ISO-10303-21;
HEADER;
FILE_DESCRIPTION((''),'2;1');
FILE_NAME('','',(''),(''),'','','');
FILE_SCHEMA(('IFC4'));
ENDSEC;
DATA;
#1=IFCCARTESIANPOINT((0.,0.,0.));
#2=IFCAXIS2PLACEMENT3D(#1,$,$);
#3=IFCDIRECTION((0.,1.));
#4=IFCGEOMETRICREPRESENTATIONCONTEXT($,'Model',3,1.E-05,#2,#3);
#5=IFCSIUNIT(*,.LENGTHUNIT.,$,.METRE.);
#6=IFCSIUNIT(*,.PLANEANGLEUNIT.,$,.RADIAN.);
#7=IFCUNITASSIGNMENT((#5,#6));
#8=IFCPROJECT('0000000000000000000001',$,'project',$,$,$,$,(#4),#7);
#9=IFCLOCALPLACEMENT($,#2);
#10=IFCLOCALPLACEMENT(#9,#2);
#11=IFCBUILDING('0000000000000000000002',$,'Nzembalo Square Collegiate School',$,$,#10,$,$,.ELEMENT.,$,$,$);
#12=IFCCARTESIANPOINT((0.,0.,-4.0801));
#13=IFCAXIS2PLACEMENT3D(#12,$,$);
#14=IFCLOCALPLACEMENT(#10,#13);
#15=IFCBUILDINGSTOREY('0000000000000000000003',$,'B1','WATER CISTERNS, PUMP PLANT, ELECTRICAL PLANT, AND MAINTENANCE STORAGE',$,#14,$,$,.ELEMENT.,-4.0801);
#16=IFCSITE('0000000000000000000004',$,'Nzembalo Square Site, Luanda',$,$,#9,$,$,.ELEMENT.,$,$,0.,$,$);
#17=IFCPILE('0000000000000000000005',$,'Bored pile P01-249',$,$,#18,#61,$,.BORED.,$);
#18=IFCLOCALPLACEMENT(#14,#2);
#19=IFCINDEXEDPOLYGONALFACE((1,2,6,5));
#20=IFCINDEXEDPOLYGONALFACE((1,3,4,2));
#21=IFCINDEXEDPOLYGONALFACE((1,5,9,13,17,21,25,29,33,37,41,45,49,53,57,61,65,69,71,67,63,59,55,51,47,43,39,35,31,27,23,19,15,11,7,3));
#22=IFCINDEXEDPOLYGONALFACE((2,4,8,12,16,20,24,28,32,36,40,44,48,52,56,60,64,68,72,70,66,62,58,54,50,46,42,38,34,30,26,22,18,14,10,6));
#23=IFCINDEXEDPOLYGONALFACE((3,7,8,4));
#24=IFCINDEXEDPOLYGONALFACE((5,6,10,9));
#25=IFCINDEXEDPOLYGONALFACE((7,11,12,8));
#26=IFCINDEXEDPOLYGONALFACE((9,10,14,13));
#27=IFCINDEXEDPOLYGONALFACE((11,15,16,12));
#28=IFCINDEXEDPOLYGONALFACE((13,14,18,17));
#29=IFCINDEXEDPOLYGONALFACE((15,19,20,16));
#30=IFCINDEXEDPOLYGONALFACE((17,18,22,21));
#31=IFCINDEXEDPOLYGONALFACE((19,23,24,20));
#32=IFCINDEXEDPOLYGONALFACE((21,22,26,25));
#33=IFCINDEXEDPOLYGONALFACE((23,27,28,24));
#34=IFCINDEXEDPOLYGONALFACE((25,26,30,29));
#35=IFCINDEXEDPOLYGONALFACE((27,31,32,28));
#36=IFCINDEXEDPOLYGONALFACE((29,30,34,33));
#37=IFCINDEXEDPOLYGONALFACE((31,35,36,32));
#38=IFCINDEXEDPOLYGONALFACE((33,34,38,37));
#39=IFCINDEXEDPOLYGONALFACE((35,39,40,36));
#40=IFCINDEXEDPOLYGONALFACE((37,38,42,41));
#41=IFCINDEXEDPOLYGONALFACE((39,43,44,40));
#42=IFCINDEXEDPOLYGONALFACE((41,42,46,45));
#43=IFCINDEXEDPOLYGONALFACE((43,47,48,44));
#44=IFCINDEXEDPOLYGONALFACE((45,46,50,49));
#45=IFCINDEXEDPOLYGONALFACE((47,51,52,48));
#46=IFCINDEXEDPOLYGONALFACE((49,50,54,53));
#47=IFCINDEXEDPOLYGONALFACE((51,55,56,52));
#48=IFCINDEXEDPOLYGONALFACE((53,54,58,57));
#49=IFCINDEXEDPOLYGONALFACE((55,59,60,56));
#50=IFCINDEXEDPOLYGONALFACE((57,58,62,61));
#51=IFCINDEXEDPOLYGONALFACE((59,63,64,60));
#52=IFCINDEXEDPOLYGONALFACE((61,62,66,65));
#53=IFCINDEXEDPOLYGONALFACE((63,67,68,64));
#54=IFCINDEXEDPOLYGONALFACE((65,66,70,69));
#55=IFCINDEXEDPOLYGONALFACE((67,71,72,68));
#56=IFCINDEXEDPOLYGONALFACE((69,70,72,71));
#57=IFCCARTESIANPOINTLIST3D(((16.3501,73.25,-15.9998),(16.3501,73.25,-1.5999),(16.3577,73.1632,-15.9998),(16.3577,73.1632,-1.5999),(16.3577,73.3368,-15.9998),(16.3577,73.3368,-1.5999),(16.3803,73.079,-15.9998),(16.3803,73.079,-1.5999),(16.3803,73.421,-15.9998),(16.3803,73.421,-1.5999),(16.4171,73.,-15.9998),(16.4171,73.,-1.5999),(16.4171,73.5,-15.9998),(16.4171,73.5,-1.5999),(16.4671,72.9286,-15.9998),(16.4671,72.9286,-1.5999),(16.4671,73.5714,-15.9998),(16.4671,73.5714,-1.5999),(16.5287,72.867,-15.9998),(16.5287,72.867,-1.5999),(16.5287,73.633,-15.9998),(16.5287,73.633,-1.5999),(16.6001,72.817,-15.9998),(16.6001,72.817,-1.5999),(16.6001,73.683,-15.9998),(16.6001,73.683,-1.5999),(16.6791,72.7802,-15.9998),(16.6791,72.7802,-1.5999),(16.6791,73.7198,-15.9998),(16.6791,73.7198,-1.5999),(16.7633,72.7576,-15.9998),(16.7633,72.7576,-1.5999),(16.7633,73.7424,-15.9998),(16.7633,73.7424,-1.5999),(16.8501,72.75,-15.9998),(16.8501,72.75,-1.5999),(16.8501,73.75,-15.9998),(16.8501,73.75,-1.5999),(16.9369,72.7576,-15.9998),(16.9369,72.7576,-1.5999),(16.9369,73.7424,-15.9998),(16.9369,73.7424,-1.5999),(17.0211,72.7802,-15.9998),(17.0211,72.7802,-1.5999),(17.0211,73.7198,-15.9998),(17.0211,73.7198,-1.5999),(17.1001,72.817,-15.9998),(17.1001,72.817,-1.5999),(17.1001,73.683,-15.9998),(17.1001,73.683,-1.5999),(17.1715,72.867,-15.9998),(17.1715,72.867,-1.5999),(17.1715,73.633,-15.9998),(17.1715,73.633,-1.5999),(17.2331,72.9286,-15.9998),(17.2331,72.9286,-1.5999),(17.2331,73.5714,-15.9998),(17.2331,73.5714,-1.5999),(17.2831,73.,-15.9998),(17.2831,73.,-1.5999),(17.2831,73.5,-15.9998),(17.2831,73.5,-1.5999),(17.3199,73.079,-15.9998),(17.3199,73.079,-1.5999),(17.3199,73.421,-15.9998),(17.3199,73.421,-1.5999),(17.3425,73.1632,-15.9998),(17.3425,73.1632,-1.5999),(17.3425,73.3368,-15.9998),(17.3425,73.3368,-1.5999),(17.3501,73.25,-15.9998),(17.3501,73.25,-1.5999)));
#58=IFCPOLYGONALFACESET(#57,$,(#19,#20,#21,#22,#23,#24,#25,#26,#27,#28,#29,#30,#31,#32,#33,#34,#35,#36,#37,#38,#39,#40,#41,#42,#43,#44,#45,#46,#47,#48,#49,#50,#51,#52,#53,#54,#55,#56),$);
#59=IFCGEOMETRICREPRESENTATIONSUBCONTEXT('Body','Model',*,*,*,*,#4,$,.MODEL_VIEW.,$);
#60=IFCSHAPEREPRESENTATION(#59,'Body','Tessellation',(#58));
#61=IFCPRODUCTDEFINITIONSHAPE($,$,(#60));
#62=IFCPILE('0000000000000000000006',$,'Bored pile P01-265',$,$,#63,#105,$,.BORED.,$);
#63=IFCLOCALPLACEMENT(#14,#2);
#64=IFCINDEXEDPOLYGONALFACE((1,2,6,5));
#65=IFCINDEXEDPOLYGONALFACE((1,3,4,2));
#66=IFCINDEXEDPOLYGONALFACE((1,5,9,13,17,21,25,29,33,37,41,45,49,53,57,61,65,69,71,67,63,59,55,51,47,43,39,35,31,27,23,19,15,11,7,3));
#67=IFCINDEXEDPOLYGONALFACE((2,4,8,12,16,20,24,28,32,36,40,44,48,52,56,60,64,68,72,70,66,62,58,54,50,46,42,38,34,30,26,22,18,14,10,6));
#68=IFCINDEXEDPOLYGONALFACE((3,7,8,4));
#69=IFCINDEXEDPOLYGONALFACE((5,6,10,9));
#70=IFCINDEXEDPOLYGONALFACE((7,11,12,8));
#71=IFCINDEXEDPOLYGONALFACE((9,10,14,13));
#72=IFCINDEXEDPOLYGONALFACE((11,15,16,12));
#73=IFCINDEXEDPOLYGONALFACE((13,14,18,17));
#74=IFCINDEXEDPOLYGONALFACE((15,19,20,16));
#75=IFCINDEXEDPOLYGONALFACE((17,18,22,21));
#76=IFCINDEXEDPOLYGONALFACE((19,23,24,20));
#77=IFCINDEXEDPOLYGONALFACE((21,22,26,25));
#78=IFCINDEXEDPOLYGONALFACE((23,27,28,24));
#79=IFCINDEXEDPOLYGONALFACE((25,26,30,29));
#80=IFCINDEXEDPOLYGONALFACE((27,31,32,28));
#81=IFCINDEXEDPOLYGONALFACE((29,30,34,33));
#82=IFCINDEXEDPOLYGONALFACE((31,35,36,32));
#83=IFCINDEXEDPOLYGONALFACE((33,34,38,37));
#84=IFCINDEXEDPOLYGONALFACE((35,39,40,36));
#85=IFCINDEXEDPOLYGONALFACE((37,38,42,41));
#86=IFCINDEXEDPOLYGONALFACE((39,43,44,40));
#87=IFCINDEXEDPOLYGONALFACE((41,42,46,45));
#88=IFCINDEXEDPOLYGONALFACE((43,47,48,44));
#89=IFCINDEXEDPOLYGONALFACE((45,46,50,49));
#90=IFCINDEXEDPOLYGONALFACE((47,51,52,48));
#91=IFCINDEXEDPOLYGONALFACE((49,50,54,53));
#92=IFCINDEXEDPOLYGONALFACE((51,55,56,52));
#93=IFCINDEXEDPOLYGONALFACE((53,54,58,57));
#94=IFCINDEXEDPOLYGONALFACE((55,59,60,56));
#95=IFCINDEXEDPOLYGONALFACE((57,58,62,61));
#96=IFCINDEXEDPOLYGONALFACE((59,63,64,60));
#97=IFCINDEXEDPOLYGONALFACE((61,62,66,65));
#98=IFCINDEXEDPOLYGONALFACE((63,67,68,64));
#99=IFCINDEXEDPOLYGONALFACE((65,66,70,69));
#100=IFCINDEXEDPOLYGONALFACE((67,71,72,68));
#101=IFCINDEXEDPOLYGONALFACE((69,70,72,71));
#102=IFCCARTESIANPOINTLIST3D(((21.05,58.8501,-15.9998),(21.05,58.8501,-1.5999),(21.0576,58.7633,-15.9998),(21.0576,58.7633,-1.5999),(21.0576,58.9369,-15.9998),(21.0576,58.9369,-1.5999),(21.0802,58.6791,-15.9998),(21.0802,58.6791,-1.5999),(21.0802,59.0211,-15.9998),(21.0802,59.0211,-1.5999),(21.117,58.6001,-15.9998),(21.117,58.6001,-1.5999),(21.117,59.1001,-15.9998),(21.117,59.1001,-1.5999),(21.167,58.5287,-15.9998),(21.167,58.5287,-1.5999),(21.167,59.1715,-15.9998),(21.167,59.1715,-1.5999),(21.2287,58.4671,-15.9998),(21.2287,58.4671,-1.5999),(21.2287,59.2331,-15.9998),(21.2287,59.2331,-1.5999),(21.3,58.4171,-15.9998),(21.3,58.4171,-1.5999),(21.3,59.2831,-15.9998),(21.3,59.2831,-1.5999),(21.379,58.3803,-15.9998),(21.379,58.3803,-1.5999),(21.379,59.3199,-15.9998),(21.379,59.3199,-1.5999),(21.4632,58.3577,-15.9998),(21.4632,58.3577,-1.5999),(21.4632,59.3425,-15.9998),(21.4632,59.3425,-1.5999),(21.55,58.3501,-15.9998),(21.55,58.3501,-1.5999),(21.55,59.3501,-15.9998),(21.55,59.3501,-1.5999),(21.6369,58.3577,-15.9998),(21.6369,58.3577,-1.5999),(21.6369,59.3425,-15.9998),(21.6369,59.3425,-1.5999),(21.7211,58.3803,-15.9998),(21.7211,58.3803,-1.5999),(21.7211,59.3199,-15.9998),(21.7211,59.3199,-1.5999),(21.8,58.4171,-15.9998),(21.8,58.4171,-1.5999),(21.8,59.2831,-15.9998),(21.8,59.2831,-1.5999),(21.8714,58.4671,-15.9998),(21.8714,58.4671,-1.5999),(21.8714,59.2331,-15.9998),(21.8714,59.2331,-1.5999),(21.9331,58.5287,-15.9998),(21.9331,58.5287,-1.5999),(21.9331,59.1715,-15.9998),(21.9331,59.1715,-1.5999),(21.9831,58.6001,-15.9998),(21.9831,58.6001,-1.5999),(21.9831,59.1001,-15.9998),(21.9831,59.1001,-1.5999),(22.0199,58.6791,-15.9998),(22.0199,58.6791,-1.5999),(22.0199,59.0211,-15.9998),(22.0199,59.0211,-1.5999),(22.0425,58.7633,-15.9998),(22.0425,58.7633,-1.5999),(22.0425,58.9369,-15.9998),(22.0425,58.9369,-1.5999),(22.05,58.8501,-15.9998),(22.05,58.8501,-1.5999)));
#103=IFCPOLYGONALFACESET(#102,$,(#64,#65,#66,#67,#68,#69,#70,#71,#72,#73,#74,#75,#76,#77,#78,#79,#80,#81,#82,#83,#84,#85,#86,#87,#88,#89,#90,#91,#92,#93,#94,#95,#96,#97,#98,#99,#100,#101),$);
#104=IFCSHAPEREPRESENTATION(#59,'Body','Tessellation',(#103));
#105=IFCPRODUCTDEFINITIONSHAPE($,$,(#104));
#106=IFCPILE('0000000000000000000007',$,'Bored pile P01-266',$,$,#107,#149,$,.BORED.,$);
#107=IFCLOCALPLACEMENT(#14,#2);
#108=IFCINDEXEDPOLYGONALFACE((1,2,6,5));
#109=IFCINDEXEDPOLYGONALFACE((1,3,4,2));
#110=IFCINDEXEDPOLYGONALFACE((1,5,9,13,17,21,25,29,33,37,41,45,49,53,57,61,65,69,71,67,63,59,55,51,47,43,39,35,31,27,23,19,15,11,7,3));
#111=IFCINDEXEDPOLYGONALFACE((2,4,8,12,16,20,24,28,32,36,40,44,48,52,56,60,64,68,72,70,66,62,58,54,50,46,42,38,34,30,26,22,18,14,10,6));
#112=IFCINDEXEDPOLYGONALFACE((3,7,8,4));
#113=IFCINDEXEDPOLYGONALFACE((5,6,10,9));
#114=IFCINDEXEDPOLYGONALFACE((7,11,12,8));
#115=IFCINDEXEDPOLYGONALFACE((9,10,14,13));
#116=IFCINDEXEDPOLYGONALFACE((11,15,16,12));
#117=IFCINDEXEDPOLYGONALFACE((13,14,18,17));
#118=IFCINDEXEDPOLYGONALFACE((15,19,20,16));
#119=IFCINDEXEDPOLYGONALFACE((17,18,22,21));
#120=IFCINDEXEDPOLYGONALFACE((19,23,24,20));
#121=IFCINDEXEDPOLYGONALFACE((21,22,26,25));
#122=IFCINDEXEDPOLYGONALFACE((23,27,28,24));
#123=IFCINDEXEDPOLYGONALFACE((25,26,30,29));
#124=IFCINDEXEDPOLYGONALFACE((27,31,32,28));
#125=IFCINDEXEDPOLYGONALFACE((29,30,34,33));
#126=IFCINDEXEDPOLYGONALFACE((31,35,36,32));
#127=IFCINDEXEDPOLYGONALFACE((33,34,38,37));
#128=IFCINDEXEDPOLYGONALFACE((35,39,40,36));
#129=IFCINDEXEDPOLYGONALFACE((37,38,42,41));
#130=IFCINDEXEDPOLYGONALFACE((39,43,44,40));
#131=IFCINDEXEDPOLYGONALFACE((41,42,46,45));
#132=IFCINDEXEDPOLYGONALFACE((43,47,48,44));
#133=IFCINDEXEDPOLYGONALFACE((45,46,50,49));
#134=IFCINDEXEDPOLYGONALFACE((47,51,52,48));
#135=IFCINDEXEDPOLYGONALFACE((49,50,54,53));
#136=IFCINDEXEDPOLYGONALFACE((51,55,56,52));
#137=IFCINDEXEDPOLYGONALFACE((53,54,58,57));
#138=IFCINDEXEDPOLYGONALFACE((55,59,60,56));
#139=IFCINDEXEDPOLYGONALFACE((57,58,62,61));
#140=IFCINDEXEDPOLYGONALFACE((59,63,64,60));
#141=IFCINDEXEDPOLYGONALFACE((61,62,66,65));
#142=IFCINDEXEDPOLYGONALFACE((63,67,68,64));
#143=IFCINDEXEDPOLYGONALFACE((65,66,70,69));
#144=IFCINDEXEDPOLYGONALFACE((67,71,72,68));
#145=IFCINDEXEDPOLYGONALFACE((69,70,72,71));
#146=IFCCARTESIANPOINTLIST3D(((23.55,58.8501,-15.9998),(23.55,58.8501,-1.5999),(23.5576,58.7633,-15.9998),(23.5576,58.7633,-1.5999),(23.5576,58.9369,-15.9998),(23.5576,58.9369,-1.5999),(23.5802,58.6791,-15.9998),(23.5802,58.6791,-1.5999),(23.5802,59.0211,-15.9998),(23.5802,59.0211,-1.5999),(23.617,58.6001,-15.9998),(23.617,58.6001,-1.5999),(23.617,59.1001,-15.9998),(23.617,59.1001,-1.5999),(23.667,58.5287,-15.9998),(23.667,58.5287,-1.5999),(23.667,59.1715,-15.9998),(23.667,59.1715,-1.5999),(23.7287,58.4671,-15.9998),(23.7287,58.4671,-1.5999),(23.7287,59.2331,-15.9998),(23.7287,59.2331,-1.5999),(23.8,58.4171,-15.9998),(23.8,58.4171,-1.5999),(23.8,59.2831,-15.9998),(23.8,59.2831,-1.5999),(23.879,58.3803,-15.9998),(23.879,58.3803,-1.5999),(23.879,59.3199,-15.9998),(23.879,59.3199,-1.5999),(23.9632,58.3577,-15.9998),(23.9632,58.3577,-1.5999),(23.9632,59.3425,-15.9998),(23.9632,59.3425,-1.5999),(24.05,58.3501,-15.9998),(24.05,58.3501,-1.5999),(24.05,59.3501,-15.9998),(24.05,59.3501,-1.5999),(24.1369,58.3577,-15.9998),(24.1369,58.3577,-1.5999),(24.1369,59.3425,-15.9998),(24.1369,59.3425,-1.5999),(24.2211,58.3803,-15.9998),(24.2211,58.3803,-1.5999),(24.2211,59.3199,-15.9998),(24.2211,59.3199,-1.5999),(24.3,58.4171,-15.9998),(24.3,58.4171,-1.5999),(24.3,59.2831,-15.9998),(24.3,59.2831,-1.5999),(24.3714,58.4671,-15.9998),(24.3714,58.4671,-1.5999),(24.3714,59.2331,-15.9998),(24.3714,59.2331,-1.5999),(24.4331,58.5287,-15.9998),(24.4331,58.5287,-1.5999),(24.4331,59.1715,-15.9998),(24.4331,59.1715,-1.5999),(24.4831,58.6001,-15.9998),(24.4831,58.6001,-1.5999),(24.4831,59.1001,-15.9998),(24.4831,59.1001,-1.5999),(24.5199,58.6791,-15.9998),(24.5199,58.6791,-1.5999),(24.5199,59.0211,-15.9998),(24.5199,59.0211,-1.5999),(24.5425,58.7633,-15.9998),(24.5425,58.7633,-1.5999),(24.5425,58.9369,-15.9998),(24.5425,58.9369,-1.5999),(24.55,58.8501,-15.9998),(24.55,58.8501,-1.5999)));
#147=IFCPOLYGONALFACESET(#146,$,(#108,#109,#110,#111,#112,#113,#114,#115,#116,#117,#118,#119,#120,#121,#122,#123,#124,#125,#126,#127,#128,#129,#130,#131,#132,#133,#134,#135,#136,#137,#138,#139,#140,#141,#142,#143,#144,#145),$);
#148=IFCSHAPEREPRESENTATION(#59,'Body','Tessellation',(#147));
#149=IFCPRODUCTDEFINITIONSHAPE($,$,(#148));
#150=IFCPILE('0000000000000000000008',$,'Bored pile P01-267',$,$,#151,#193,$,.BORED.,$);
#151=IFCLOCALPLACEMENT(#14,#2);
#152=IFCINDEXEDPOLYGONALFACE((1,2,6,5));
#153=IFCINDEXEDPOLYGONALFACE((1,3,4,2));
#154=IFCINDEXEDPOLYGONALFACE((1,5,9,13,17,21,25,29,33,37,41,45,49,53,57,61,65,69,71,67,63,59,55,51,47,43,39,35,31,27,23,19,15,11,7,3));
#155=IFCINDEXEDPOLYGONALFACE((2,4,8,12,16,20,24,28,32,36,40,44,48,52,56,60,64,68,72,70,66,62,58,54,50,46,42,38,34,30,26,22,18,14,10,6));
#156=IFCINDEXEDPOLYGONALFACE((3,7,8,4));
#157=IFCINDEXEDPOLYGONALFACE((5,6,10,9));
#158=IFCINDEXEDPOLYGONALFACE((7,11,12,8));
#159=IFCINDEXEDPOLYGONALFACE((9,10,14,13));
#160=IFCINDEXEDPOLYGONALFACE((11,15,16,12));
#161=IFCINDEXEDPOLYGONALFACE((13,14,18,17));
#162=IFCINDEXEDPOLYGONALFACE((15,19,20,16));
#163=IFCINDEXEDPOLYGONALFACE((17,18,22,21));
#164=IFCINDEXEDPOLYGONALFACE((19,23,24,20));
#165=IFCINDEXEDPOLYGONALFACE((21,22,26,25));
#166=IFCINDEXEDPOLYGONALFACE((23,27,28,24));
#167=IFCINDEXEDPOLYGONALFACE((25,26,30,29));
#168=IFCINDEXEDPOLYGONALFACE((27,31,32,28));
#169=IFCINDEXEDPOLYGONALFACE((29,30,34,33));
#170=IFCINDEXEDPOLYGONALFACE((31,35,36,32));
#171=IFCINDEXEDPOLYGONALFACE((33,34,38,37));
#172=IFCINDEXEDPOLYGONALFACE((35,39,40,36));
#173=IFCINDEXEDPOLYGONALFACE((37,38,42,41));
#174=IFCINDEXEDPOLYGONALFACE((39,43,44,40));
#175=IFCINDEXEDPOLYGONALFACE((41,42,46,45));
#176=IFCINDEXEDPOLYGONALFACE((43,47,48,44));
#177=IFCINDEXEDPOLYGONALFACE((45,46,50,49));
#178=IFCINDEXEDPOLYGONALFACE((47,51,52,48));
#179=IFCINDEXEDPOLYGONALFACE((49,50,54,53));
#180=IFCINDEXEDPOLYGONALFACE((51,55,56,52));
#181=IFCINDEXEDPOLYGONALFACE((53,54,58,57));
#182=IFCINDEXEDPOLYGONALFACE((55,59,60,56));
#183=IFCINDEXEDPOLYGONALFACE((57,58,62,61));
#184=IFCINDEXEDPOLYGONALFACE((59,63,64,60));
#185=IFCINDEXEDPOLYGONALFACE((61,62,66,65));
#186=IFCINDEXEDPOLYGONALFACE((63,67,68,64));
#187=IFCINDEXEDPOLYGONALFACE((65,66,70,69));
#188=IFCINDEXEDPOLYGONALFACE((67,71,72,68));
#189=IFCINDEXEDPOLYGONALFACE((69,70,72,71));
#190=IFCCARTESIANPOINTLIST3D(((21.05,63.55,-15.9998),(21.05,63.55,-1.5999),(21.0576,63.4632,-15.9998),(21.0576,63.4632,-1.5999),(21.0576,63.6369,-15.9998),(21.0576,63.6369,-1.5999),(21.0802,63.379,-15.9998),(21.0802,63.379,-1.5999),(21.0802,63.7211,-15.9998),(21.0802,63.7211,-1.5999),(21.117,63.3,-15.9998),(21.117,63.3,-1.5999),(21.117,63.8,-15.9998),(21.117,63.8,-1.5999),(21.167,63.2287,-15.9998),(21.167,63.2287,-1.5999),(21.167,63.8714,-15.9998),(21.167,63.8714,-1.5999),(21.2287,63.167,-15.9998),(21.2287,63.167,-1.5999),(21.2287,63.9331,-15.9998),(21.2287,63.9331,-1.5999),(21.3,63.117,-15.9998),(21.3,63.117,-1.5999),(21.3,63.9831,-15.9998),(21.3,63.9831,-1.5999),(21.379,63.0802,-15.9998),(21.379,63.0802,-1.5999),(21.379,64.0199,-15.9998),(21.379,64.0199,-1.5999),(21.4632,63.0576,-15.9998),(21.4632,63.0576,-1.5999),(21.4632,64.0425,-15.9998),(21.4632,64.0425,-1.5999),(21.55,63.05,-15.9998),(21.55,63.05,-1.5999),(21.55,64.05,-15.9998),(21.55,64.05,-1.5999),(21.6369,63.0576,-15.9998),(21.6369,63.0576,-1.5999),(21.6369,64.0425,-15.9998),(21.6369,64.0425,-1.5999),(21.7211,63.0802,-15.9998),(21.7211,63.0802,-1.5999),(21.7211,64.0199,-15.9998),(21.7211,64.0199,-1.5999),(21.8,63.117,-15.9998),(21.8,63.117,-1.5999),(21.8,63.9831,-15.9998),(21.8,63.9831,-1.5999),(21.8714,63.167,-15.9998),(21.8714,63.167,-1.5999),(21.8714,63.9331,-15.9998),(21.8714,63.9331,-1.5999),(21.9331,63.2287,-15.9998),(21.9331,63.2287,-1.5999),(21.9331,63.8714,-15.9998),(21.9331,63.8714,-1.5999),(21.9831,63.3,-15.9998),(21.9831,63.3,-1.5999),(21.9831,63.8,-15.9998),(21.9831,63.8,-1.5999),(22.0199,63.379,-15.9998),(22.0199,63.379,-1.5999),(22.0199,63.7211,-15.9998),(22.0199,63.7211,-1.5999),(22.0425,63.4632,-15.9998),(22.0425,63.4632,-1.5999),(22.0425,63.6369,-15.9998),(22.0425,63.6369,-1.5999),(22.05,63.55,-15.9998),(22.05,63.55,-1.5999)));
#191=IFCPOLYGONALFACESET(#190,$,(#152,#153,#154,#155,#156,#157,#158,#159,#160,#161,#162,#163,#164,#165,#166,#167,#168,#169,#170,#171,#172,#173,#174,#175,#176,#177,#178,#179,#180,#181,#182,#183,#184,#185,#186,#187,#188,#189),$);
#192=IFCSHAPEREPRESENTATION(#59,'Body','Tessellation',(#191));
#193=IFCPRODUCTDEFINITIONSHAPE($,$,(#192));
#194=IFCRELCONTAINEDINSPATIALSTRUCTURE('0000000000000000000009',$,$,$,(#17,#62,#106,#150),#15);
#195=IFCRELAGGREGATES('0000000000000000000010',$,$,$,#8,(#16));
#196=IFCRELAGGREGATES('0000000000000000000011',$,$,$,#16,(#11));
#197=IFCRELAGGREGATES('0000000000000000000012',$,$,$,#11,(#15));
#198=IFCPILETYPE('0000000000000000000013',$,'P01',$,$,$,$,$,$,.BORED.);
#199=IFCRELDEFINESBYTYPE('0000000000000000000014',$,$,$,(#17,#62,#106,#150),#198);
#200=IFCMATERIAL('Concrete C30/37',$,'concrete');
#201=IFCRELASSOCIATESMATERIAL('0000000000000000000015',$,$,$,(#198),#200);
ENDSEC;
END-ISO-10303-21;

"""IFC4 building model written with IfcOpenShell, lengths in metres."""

from ifc_helpers import new_model, si_unit, direction, frame, origin, origin_2d, place, context, subcontext, project, spatial, circle, extrude, material, material_profile, profile_set, type_object, element, save


model = new_model("IFC4")

# Units and contexts
model_context = context("Model", 3, precision=1e-05, world=origin(), true_north=direction((0.0, 1.0)))
body_context = subcontext(model_context, "Body", "Model", "MODEL_VIEW")
ifc_project = project(units=[si_unit("LENGTHUNIT", "METRE"), si_unit("PLANEANGLEUNIT", "RADIAN")], contexts=[model_context])

# Site, building, storey
site_placement = place(None, origin())
site = spatial("IfcSite", under=ifc_project, at=site_placement, Name="Nzembalo Square Site, Luanda", CompositionType="ELEMENT", RefElevation=0.0)
building_placement = place(site_placement, origin())
building = spatial("IfcBuilding", under=site, at=building_placement, Name="Nzembalo Square Collegiate School", CompositionType="ELEMENT")
storey_placement = place(building_placement, frame((0.0, 0.0, -4.0801)))
storey = spatial("IfcBuildingStorey", under=building, at=storey_placement, Name="B1", Description="WATER CISTERNS, PUMP PLANT, ELECTRICAL PLANT, AND MAINTENANCE STORAGE", CompositionType="ELEMENT", Elevation=-4.0801)

# Piles
ifc_material_1 = material(Name="Concrete C30/37", Category="concrete")
ifc_material_profile_1 = material_profile(ifc_material_1, circle(Radius=0.5, at=origin_2d()), Name="PILE D1000")
ifc_profile_set_1 = profile_set([ifc_material_profile_1], Name="Concrete C30/37")
pile_type = type_object("IfcPileType", Name="P01", PredefinedType="BORED", material=ifc_profile_set_1)
for number, where, z_axis, x_axis, name in (
    (1, (16.8501, 73.25, -1.5999), (0.0, 0.0, -1.0), (1.0, 0.0, 0.0), "Bored pile P01-249"),
    (2, (21.55, 58.8501, -1.5999), (0.0, 0.0, -1.0), (1.0, 0.0, 0.0), "Bored pile P01-265"),
    (3, (24.05, 58.8501, -1.5999), (0.0, 0.0, -1.0), (1.0, 0.0, 0.0), "Bored pile P01-266"),
    (4, (21.55, 63.55, -1.5999), (0.0, 0.0, -1.0), (1.0, 0.0, 0.0), "Bored pile P01-267"),
):
    element("IfcPile", number, at=place(storey_placement, frame(where, z_axis=z_axis, x_axis=x_axis)), inside=storey, type_object=pile_type, Name=name, PredefinedType="BORED", context=body_context, shape_type="SweptSolid", body=[
        extrude(circle(Radius=0.5, at=origin_2d()), origin(), (0.0, 0.0, 1.0), 14.3999),
    ])

save(model, "model.ifc")
